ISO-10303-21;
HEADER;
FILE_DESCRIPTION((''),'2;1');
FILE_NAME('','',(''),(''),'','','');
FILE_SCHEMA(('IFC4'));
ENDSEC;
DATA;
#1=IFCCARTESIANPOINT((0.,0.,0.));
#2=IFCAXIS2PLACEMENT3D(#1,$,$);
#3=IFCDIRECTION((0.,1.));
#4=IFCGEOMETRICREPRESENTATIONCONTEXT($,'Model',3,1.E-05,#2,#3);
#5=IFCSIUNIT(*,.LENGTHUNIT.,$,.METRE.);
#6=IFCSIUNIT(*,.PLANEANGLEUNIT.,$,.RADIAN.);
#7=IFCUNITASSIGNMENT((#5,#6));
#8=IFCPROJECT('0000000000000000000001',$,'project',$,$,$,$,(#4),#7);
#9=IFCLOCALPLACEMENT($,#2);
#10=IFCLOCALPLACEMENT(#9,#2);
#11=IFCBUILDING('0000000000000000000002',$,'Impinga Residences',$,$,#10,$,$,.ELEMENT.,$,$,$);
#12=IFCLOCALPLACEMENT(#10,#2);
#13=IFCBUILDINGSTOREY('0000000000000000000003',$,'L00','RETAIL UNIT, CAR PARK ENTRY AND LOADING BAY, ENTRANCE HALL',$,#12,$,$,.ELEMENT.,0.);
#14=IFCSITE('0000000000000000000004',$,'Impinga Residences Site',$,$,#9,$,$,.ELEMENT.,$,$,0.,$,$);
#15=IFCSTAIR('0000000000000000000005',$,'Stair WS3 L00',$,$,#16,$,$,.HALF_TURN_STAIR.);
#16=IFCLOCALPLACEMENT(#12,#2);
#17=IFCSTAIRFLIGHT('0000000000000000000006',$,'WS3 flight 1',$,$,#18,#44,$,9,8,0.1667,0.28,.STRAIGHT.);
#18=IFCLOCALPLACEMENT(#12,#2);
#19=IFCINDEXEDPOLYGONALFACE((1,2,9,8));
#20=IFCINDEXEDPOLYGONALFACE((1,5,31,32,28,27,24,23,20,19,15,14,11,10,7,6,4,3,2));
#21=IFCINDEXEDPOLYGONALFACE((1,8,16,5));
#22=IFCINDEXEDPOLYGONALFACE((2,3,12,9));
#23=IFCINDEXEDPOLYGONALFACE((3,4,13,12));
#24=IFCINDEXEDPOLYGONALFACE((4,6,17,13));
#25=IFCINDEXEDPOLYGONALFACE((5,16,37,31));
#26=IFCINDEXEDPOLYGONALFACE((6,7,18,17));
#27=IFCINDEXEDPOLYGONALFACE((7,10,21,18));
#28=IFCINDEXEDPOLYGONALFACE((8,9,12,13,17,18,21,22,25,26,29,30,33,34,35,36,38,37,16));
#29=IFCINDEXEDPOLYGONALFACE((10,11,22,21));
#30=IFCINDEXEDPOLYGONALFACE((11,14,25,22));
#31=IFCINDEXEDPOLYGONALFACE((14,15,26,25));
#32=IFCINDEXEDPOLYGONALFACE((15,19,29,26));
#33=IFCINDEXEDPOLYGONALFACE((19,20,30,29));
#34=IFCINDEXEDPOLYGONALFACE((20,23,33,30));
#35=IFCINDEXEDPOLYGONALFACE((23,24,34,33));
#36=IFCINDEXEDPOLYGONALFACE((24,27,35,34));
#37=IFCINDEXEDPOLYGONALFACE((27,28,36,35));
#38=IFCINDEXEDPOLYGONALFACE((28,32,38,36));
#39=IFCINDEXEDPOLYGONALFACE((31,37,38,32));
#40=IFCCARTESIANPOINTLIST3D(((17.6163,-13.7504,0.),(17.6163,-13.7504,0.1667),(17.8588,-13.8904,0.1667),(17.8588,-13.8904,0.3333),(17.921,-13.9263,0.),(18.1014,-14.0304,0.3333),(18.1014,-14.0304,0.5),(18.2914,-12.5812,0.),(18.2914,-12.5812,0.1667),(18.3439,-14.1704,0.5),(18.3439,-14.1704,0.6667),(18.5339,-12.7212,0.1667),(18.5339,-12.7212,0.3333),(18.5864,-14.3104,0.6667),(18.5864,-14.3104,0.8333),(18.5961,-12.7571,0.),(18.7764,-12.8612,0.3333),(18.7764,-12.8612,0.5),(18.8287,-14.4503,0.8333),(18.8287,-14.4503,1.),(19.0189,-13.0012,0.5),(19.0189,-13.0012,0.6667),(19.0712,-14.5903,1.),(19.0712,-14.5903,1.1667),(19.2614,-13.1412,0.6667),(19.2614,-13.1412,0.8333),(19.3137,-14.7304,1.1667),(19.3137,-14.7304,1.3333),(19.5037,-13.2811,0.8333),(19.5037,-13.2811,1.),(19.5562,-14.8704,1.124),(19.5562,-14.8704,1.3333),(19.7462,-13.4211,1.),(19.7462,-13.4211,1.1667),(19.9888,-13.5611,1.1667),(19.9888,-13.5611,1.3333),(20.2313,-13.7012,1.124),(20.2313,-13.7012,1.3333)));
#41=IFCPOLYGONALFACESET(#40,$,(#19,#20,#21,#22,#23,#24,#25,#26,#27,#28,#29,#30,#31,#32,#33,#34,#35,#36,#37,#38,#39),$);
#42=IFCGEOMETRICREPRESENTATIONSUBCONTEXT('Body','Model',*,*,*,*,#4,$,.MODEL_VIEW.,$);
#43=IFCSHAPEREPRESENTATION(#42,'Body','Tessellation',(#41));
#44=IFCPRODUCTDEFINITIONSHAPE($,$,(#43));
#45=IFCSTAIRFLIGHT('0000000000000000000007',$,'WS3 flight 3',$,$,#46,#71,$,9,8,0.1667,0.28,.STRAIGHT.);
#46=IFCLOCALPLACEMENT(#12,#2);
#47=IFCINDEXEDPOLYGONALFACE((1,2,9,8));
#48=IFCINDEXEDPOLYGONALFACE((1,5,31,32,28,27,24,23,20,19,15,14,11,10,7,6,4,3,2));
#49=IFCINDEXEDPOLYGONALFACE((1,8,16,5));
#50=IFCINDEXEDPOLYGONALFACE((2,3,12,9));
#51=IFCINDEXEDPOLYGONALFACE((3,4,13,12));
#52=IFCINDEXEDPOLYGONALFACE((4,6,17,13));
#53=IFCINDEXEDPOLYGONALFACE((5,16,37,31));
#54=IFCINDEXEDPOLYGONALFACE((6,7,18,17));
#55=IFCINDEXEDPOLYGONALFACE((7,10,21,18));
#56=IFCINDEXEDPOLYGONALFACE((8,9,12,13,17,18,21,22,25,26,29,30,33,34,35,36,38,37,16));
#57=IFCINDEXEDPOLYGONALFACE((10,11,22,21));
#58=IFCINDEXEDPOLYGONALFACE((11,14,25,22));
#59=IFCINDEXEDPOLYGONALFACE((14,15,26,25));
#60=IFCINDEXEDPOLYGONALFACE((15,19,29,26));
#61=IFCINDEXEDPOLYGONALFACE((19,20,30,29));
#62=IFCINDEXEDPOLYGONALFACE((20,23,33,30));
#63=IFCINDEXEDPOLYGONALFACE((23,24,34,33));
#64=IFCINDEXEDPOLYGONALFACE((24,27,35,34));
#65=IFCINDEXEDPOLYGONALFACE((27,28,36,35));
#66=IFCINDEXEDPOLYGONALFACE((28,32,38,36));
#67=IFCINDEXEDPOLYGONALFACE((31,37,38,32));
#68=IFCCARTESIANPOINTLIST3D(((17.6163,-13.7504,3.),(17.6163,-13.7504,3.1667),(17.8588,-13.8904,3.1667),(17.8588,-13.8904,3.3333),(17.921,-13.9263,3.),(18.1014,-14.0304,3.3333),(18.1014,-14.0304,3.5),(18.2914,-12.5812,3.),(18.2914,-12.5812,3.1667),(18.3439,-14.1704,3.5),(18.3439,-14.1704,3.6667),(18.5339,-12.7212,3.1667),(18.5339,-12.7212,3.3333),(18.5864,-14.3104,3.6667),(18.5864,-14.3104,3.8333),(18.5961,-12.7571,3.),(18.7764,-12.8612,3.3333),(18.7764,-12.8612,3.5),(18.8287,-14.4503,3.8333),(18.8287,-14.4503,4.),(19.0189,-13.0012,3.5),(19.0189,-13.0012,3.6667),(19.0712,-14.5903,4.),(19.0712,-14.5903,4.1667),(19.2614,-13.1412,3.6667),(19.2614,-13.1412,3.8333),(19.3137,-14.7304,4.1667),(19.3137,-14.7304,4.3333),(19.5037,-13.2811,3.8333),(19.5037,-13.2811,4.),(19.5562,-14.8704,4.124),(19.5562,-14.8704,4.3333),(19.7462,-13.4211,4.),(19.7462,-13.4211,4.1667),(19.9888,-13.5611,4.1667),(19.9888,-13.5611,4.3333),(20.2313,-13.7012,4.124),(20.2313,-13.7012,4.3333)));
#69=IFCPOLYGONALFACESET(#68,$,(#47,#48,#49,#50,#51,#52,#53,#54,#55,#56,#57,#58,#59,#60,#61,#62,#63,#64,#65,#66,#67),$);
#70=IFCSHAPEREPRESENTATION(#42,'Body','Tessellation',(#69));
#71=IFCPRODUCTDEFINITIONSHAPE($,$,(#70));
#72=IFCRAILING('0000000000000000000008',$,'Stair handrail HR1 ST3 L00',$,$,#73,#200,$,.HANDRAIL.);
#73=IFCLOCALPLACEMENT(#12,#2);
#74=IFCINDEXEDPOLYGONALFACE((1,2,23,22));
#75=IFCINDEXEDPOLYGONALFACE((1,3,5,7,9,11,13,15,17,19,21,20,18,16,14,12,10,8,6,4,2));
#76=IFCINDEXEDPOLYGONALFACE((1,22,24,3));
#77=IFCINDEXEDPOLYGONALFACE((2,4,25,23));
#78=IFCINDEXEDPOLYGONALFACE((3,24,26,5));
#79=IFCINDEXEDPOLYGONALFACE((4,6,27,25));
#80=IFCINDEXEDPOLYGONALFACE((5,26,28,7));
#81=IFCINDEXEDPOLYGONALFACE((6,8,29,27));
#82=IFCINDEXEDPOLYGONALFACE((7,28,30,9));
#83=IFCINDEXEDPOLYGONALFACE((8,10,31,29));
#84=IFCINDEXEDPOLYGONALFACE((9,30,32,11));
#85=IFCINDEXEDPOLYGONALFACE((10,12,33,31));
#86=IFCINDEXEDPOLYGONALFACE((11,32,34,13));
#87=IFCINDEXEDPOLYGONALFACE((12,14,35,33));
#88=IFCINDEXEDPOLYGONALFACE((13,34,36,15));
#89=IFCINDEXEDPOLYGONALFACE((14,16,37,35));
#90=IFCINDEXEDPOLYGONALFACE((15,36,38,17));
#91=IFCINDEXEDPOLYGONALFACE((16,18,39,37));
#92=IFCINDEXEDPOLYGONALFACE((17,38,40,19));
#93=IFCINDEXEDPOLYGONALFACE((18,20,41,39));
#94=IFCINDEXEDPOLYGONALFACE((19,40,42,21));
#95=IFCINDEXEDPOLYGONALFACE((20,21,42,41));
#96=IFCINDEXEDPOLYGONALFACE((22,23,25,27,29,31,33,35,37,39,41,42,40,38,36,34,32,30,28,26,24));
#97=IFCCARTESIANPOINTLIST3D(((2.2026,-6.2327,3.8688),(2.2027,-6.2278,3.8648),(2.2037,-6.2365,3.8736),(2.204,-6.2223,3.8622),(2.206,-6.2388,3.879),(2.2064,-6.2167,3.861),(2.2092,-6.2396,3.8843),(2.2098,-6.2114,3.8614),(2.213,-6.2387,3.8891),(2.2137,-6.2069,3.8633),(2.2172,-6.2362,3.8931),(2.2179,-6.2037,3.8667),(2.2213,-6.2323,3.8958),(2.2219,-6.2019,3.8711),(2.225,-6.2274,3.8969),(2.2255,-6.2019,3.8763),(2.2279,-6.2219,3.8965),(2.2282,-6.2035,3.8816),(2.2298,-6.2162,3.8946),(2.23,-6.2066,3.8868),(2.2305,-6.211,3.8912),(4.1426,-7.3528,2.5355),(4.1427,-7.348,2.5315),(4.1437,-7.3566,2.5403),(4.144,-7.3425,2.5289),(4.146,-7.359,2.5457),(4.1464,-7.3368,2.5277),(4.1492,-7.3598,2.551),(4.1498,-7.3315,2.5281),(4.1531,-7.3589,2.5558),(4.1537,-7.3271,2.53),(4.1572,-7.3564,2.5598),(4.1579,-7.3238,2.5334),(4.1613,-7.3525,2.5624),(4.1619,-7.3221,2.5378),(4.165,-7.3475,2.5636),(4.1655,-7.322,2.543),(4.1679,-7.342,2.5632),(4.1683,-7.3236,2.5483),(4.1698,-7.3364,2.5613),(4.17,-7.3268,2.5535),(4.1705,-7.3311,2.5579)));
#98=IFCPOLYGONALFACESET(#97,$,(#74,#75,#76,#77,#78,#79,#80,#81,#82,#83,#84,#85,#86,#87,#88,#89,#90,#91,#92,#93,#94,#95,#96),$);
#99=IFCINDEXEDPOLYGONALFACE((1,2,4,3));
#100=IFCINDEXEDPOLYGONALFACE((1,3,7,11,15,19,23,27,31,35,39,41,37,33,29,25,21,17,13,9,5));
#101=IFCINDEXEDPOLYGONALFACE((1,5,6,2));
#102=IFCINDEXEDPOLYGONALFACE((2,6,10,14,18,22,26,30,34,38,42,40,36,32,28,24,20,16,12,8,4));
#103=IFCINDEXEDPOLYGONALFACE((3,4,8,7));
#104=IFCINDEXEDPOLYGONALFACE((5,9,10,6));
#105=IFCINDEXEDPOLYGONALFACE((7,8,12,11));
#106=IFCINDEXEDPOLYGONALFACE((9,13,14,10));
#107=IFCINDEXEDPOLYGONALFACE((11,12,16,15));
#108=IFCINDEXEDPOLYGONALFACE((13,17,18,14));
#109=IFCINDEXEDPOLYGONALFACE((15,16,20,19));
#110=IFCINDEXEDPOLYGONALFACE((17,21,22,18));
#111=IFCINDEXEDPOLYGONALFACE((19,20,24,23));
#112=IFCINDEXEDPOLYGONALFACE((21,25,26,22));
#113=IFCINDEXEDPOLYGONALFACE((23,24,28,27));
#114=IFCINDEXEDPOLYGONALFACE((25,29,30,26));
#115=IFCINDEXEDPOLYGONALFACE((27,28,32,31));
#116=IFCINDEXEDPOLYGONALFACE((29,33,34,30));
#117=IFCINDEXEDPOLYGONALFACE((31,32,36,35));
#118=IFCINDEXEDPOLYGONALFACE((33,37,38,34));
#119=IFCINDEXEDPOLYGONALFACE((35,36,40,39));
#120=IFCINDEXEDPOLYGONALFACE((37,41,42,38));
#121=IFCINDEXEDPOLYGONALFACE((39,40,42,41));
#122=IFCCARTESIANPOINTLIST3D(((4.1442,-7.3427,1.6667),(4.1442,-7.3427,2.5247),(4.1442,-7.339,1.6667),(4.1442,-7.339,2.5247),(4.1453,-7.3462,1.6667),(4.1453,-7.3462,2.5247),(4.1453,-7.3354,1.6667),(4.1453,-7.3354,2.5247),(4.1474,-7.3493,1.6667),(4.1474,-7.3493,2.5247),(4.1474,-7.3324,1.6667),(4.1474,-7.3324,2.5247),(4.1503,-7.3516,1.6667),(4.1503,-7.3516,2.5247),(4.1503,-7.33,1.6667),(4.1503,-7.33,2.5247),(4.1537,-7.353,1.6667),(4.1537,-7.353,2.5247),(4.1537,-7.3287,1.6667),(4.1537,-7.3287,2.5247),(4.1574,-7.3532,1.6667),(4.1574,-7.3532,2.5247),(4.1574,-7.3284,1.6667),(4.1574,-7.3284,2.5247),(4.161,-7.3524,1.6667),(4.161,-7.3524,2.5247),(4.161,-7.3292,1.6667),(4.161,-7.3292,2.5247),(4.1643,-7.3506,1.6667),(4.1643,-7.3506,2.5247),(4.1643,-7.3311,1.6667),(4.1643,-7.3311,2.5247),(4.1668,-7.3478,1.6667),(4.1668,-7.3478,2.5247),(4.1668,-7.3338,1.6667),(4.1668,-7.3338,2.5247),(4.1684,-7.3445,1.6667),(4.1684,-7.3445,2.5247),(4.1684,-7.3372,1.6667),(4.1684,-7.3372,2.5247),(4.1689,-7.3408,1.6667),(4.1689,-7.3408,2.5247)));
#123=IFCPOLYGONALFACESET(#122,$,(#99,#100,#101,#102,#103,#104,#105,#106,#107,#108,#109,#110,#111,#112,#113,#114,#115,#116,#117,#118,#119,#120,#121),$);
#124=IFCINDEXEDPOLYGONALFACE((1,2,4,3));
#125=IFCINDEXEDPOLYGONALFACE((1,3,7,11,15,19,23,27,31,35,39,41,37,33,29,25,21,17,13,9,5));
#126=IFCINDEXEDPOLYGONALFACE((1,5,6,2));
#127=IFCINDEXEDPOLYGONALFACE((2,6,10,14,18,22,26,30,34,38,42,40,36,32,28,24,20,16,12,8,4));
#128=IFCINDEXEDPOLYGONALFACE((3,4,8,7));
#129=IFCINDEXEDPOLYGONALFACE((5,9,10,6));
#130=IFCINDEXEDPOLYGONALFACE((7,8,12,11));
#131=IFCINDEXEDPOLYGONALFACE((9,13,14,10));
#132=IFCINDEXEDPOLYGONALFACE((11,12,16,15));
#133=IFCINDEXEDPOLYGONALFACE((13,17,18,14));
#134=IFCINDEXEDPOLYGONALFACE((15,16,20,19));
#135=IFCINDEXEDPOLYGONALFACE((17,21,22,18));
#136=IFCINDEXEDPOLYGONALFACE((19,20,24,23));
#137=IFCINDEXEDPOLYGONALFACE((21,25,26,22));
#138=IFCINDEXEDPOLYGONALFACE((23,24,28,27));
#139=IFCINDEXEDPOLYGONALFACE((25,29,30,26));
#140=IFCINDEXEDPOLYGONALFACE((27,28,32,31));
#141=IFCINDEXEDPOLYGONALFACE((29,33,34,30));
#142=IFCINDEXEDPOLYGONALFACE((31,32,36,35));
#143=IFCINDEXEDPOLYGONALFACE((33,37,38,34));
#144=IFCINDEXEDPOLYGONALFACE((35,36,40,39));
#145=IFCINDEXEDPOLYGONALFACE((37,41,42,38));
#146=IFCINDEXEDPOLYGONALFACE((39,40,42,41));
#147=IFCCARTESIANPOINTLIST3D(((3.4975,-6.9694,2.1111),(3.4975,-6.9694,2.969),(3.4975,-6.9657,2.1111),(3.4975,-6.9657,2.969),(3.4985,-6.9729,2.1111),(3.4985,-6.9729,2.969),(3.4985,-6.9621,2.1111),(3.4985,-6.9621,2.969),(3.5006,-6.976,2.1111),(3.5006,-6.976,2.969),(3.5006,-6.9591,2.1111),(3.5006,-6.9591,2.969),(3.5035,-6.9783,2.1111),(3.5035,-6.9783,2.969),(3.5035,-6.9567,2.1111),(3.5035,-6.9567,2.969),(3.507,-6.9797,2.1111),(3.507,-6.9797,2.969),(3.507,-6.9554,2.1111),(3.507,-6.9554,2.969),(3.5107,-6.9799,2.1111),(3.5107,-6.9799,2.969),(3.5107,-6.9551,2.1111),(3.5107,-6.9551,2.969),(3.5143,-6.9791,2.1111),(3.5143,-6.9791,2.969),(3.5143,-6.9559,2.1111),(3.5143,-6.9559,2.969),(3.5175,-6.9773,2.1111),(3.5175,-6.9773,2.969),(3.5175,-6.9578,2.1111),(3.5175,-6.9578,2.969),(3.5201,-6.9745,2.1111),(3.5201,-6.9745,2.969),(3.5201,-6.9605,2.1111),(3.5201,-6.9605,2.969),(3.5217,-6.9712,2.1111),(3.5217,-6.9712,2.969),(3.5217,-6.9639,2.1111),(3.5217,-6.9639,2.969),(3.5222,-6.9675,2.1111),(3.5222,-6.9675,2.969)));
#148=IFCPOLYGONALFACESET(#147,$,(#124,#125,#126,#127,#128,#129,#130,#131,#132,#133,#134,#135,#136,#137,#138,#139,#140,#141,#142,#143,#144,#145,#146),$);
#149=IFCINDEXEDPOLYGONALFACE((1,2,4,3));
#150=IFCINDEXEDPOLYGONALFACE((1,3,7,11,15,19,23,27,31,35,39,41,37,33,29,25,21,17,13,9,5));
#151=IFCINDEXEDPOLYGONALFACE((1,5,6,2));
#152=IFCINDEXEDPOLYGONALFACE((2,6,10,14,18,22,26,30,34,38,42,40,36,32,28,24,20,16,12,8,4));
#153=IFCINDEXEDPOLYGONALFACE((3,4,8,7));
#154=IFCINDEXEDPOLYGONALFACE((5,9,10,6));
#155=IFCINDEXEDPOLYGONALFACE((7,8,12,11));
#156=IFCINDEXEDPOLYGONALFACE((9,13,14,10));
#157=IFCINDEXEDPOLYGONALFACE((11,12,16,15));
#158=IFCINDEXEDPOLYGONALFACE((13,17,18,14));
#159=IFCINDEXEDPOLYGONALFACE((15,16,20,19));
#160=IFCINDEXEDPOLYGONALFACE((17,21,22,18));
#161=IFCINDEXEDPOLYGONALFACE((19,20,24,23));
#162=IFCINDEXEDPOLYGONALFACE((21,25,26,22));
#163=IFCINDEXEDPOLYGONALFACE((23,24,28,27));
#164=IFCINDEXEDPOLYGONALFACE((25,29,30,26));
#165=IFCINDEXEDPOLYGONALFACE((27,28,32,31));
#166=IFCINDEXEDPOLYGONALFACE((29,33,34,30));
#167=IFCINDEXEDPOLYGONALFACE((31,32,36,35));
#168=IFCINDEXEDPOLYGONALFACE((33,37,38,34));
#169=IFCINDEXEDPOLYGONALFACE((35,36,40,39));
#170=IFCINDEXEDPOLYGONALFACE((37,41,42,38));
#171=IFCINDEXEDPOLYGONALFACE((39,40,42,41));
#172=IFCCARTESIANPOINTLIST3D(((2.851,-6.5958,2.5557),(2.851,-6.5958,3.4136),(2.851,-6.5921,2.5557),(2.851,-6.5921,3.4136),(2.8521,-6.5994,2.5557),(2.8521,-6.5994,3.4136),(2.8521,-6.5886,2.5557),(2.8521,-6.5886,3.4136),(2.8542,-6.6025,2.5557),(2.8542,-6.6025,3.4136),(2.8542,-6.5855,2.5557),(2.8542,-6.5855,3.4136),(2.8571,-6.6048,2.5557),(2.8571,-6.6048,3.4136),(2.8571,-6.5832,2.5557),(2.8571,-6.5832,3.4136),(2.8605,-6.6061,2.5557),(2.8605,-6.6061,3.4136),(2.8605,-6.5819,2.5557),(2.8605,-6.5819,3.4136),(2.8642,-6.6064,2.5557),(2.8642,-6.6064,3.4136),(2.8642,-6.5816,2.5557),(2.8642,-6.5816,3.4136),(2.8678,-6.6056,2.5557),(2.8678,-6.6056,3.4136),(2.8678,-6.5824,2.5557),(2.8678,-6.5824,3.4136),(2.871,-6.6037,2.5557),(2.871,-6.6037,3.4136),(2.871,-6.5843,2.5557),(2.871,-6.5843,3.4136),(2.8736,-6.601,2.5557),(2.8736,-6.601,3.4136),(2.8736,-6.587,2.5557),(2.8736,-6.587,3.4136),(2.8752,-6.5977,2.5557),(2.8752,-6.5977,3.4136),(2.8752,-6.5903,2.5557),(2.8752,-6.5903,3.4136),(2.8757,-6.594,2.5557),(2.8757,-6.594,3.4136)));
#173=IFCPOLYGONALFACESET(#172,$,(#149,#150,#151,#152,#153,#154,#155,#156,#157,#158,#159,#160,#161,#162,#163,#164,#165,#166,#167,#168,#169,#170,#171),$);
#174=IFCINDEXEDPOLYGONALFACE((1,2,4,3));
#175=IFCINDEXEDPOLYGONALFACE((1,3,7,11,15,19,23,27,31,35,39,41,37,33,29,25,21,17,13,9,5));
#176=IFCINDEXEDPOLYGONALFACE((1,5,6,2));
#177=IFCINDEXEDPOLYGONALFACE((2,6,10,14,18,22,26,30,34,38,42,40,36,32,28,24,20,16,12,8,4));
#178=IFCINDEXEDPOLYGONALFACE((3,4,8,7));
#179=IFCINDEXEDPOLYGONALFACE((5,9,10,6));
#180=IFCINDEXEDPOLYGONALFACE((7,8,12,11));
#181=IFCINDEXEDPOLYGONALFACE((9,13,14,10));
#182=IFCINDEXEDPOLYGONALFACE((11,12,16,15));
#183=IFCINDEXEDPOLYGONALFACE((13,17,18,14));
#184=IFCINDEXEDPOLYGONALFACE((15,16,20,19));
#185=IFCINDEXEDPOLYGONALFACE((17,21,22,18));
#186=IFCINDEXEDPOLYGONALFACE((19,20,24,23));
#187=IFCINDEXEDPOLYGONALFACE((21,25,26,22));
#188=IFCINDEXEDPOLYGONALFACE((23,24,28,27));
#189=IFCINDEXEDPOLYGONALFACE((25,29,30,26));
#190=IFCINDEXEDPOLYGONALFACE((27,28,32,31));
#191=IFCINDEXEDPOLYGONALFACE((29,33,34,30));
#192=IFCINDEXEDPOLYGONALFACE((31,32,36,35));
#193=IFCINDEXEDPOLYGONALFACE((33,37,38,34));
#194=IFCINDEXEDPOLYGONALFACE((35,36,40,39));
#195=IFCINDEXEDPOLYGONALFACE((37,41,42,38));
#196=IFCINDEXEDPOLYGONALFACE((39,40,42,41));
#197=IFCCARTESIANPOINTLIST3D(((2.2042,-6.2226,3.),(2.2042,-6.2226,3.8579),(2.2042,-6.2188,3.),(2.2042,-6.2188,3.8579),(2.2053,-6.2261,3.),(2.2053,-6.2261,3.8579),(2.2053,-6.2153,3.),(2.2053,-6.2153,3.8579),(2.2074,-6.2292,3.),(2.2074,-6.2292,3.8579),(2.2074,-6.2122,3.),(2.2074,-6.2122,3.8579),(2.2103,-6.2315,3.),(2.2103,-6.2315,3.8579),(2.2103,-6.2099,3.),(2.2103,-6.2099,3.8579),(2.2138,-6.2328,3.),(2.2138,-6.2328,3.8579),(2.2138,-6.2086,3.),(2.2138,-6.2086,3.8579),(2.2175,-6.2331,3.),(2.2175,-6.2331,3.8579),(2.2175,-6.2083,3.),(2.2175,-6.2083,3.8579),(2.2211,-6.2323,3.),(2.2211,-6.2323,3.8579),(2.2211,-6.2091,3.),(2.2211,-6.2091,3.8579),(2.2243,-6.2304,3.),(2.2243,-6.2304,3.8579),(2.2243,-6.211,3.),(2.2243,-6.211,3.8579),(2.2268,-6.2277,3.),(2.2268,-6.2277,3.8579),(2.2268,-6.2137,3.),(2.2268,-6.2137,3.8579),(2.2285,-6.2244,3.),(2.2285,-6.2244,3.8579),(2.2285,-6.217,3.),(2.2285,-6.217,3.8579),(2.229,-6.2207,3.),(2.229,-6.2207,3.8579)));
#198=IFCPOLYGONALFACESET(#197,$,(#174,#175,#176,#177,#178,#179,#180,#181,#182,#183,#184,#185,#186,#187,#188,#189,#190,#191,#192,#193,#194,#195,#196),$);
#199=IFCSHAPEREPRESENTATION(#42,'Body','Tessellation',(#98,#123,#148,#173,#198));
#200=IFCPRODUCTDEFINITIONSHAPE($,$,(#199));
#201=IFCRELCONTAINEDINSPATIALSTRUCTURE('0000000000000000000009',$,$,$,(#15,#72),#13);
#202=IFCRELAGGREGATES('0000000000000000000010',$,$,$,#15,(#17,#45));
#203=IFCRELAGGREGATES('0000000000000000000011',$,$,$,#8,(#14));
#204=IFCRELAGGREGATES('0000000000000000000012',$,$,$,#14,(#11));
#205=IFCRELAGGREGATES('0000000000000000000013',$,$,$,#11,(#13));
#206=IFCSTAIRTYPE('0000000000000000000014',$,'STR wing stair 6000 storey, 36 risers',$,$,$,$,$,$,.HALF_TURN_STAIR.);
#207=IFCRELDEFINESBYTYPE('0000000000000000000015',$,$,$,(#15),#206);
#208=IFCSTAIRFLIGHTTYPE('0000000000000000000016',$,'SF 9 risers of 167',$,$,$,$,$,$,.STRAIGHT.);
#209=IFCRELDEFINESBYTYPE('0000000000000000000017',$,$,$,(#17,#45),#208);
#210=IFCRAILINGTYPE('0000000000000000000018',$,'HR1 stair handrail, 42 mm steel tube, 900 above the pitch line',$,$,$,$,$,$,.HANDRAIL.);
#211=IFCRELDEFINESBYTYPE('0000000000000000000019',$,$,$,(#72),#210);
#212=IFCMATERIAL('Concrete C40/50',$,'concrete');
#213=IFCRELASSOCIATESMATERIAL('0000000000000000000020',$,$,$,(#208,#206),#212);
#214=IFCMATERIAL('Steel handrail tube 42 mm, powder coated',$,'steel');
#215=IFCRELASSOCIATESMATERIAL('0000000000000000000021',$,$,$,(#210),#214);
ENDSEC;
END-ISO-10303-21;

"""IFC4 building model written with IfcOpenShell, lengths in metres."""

from ifc_helpers import new_model, si_unit, direction, frame, origin, origin_2d, place, context, subcontext, project, spatial, polyline, circle, outline, extrude, material, type_object, element, aggregate, save


model = new_model("IFC4")

# Units and contexts
model_context = context("Model", 3, precision=1e-05, world=origin(), true_north=direction((0.0, 1.0)))
body_context = subcontext(model_context, "Body", "Model", "MODEL_VIEW")
ifc_project = project(units=[si_unit("LENGTHUNIT", "METRE"), si_unit("PLANEANGLEUNIT", "RADIAN")], contexts=[model_context])

# Site, building, storey
site_placement = place(None, origin())
site = spatial("IfcSite", under=ifc_project, at=site_placement, Name="Impinga Residences Site", CompositionType="ELEMENT", RefElevation=0.0)
building_placement = place(site_placement, origin())
building = spatial("IfcBuilding", under=site, at=building_placement, Name="Impinga Residences", CompositionType="ELEMENT")
storey_placement = place(building_placement, origin())
storey = spatial("IfcBuildingStorey", under=building, at=storey_placement, Name="L00", Description="RETAIL UNIT, CAR PARK ENTRY AND LOADING BAY, ENTRANCE HALL", CompositionType="ELEMENT", Elevation=0.0)

# Stair, stair flights
ifc_material_1 = material(Name="Concrete C40/50", Category="concrete")
stair_flight_type = type_object("IfcStairFlightType", Name="SF 9 risers of 167", PredefinedType="STRAIGHT", material=ifc_material_1)
stair_type_1 = type_object("IfcStairType", Name="STR wing stair 6000 storey, 36 risers", PredefinedType="HALF_TURN_STAIR", material=ifc_material_1)
stair_1_placement = place(storey_placement, origin())
stair_1 = element("IfcStair", 1, at=stair_1_placement, inside=storey, type_object=stair_type_1, Name="Stair WS3 L00", PredefinedType="HALF_TURN_STAIR")
stair_flight_1_placement = place(storey_placement, frame((17.9539, -13.1658, 0.0), z_axis=(0.0, 0.0, 1.0), x_axis=(0.866025, -0.5, 0.0)))
stair_flight_1 = element("IfcStairFlight", 2, at=stair_flight_1_placement, type_object=stair_flight_type, Name="WS3 flight 1", NumberOfRisers=9, NumberOfTreads=8, PredefinedType="STRAIGHT", RiserHeight=0.1667, TreadLength=0.28, context=body_context, shape_type="SweptSolid", body=[
    extrude(outline(polyline([(0.0, 0.0), (0.0, 0.1667), (0.28, 0.1667), (0.28, 0.3333), (0.5601, 0.3333), (0.5601, 0.5), (0.8401, 0.5), (0.8401, 0.6667), (1.1201, 0.6667), (1.1201, 0.8333), (1.3999, 0.8333), (1.3999, 1.0), (1.6799, 1.0), (1.6799, 1.1667), (1.96, 1.1667), (1.96, 1.3333), (2.24, 1.3333), (2.24, 1.5), (2.24, 1.124), (0.3518, 0.0), (0.0, 0.0)])), frame((0.0, 0.675, 0.0), z_axis=(0.0, -1.0, 0.0), x_axis=(1.0, 0.0, 0.0)), (0.0, 0.0, 1.0), 1.3501),
])
stair_flight_2_placement = place(storey_placement, frame((17.9539, -13.1658, 3.0), z_axis=(0.0, 0.0, 1.0), x_axis=(0.866025, -0.5, 0.0)))
stair_flight_2 = element("IfcStairFlight", 3, at=stair_flight_2_placement, type_object=stair_flight_type, Name="WS3 flight 3", NumberOfRisers=9, NumberOfTreads=8, PredefinedType="STRAIGHT", RiserHeight=0.1667, TreadLength=0.28, context=body_context, shape_type="SweptSolid", body=[
    extrude(outline(polyline([(0.0, 0.0), (0.0, 0.1667), (0.28, 0.1667), (0.28, 0.3333), (0.5601, 0.3333), (0.5601, 0.5), (0.8401, 0.5), (0.8401, 0.6667), (1.1201, 0.6667), (1.1201, 0.8333), (1.3999, 0.8333), (1.3999, 1.0), (1.6799, 1.0), (1.6799, 1.1667), (1.96, 1.1667), (1.96, 1.3333), (2.24, 1.3333), (2.24, 1.5), (2.24, 1.124), (0.3518, 0.0), (0.0, 0.0)])), frame((0.0, 0.675, 0.0), z_axis=(0.0, -1.0, 0.0), x_axis=(1.0, 0.0, 0.0)), (0.0, 0.0, 1.0), 1.3501),
])
aggregate(stair_1, [stair_flight_1, stair_flight_2])

# Railing
ifc_material_2 = material(Name="Steel handrail tube 42 mm, powder coated", Category="steel")
railing_type = type_object("IfcRailingType", Name="HR1 stair handrail, 42 mm steel tube, 900 above the pitch line", PredefinedType="HANDRAIL", material=ifc_material_2)
for number, where, name in (
    (4, (4.1565, -7.3408, 1.6667), "Stair handrail HR1 ST3 L00"),
):
    element("IfcRailing", number, at=place(storey_placement, frame(where)), inside=storey, type_object=railing_type, Name=name, PredefinedType="HANDRAIL", context=body_context, shape_type="SweptSolid", body=[
        extrude(circle(Radius=0.021, at=origin_2d()), frame((0.0, 0.0, 0.8789), z_axis=(-0.744175, 0.429684, 0.511444), x_axis=(-0.500031, -0.866008, 0.0)), (0.0, 0.0, 1.0), 2.6069),
        extrude(circle(Radius=0.0125, at=origin_2d()), origin(), (0.0, 0.0, 1.0), 0.8579),
        extrude(circle(Radius=0.0125, at=origin_2d()), frame((-0.6467, 0.3733, 0.4443)), (0.0, 0.0, 1.0), 0.8579),
        extrude(circle(Radius=0.0125, at=origin_2d()), frame((-1.2932, 0.7468, 0.8889)), (0.0, 0.0, 1.0), 0.8579),
        extrude(circle(Radius=0.0125, at=origin_2d()), frame((-1.9399, 1.1201, 1.3333)), (0.0, 0.0, 1.0), 0.8579),
    ])

save(model, "model.ifc")
